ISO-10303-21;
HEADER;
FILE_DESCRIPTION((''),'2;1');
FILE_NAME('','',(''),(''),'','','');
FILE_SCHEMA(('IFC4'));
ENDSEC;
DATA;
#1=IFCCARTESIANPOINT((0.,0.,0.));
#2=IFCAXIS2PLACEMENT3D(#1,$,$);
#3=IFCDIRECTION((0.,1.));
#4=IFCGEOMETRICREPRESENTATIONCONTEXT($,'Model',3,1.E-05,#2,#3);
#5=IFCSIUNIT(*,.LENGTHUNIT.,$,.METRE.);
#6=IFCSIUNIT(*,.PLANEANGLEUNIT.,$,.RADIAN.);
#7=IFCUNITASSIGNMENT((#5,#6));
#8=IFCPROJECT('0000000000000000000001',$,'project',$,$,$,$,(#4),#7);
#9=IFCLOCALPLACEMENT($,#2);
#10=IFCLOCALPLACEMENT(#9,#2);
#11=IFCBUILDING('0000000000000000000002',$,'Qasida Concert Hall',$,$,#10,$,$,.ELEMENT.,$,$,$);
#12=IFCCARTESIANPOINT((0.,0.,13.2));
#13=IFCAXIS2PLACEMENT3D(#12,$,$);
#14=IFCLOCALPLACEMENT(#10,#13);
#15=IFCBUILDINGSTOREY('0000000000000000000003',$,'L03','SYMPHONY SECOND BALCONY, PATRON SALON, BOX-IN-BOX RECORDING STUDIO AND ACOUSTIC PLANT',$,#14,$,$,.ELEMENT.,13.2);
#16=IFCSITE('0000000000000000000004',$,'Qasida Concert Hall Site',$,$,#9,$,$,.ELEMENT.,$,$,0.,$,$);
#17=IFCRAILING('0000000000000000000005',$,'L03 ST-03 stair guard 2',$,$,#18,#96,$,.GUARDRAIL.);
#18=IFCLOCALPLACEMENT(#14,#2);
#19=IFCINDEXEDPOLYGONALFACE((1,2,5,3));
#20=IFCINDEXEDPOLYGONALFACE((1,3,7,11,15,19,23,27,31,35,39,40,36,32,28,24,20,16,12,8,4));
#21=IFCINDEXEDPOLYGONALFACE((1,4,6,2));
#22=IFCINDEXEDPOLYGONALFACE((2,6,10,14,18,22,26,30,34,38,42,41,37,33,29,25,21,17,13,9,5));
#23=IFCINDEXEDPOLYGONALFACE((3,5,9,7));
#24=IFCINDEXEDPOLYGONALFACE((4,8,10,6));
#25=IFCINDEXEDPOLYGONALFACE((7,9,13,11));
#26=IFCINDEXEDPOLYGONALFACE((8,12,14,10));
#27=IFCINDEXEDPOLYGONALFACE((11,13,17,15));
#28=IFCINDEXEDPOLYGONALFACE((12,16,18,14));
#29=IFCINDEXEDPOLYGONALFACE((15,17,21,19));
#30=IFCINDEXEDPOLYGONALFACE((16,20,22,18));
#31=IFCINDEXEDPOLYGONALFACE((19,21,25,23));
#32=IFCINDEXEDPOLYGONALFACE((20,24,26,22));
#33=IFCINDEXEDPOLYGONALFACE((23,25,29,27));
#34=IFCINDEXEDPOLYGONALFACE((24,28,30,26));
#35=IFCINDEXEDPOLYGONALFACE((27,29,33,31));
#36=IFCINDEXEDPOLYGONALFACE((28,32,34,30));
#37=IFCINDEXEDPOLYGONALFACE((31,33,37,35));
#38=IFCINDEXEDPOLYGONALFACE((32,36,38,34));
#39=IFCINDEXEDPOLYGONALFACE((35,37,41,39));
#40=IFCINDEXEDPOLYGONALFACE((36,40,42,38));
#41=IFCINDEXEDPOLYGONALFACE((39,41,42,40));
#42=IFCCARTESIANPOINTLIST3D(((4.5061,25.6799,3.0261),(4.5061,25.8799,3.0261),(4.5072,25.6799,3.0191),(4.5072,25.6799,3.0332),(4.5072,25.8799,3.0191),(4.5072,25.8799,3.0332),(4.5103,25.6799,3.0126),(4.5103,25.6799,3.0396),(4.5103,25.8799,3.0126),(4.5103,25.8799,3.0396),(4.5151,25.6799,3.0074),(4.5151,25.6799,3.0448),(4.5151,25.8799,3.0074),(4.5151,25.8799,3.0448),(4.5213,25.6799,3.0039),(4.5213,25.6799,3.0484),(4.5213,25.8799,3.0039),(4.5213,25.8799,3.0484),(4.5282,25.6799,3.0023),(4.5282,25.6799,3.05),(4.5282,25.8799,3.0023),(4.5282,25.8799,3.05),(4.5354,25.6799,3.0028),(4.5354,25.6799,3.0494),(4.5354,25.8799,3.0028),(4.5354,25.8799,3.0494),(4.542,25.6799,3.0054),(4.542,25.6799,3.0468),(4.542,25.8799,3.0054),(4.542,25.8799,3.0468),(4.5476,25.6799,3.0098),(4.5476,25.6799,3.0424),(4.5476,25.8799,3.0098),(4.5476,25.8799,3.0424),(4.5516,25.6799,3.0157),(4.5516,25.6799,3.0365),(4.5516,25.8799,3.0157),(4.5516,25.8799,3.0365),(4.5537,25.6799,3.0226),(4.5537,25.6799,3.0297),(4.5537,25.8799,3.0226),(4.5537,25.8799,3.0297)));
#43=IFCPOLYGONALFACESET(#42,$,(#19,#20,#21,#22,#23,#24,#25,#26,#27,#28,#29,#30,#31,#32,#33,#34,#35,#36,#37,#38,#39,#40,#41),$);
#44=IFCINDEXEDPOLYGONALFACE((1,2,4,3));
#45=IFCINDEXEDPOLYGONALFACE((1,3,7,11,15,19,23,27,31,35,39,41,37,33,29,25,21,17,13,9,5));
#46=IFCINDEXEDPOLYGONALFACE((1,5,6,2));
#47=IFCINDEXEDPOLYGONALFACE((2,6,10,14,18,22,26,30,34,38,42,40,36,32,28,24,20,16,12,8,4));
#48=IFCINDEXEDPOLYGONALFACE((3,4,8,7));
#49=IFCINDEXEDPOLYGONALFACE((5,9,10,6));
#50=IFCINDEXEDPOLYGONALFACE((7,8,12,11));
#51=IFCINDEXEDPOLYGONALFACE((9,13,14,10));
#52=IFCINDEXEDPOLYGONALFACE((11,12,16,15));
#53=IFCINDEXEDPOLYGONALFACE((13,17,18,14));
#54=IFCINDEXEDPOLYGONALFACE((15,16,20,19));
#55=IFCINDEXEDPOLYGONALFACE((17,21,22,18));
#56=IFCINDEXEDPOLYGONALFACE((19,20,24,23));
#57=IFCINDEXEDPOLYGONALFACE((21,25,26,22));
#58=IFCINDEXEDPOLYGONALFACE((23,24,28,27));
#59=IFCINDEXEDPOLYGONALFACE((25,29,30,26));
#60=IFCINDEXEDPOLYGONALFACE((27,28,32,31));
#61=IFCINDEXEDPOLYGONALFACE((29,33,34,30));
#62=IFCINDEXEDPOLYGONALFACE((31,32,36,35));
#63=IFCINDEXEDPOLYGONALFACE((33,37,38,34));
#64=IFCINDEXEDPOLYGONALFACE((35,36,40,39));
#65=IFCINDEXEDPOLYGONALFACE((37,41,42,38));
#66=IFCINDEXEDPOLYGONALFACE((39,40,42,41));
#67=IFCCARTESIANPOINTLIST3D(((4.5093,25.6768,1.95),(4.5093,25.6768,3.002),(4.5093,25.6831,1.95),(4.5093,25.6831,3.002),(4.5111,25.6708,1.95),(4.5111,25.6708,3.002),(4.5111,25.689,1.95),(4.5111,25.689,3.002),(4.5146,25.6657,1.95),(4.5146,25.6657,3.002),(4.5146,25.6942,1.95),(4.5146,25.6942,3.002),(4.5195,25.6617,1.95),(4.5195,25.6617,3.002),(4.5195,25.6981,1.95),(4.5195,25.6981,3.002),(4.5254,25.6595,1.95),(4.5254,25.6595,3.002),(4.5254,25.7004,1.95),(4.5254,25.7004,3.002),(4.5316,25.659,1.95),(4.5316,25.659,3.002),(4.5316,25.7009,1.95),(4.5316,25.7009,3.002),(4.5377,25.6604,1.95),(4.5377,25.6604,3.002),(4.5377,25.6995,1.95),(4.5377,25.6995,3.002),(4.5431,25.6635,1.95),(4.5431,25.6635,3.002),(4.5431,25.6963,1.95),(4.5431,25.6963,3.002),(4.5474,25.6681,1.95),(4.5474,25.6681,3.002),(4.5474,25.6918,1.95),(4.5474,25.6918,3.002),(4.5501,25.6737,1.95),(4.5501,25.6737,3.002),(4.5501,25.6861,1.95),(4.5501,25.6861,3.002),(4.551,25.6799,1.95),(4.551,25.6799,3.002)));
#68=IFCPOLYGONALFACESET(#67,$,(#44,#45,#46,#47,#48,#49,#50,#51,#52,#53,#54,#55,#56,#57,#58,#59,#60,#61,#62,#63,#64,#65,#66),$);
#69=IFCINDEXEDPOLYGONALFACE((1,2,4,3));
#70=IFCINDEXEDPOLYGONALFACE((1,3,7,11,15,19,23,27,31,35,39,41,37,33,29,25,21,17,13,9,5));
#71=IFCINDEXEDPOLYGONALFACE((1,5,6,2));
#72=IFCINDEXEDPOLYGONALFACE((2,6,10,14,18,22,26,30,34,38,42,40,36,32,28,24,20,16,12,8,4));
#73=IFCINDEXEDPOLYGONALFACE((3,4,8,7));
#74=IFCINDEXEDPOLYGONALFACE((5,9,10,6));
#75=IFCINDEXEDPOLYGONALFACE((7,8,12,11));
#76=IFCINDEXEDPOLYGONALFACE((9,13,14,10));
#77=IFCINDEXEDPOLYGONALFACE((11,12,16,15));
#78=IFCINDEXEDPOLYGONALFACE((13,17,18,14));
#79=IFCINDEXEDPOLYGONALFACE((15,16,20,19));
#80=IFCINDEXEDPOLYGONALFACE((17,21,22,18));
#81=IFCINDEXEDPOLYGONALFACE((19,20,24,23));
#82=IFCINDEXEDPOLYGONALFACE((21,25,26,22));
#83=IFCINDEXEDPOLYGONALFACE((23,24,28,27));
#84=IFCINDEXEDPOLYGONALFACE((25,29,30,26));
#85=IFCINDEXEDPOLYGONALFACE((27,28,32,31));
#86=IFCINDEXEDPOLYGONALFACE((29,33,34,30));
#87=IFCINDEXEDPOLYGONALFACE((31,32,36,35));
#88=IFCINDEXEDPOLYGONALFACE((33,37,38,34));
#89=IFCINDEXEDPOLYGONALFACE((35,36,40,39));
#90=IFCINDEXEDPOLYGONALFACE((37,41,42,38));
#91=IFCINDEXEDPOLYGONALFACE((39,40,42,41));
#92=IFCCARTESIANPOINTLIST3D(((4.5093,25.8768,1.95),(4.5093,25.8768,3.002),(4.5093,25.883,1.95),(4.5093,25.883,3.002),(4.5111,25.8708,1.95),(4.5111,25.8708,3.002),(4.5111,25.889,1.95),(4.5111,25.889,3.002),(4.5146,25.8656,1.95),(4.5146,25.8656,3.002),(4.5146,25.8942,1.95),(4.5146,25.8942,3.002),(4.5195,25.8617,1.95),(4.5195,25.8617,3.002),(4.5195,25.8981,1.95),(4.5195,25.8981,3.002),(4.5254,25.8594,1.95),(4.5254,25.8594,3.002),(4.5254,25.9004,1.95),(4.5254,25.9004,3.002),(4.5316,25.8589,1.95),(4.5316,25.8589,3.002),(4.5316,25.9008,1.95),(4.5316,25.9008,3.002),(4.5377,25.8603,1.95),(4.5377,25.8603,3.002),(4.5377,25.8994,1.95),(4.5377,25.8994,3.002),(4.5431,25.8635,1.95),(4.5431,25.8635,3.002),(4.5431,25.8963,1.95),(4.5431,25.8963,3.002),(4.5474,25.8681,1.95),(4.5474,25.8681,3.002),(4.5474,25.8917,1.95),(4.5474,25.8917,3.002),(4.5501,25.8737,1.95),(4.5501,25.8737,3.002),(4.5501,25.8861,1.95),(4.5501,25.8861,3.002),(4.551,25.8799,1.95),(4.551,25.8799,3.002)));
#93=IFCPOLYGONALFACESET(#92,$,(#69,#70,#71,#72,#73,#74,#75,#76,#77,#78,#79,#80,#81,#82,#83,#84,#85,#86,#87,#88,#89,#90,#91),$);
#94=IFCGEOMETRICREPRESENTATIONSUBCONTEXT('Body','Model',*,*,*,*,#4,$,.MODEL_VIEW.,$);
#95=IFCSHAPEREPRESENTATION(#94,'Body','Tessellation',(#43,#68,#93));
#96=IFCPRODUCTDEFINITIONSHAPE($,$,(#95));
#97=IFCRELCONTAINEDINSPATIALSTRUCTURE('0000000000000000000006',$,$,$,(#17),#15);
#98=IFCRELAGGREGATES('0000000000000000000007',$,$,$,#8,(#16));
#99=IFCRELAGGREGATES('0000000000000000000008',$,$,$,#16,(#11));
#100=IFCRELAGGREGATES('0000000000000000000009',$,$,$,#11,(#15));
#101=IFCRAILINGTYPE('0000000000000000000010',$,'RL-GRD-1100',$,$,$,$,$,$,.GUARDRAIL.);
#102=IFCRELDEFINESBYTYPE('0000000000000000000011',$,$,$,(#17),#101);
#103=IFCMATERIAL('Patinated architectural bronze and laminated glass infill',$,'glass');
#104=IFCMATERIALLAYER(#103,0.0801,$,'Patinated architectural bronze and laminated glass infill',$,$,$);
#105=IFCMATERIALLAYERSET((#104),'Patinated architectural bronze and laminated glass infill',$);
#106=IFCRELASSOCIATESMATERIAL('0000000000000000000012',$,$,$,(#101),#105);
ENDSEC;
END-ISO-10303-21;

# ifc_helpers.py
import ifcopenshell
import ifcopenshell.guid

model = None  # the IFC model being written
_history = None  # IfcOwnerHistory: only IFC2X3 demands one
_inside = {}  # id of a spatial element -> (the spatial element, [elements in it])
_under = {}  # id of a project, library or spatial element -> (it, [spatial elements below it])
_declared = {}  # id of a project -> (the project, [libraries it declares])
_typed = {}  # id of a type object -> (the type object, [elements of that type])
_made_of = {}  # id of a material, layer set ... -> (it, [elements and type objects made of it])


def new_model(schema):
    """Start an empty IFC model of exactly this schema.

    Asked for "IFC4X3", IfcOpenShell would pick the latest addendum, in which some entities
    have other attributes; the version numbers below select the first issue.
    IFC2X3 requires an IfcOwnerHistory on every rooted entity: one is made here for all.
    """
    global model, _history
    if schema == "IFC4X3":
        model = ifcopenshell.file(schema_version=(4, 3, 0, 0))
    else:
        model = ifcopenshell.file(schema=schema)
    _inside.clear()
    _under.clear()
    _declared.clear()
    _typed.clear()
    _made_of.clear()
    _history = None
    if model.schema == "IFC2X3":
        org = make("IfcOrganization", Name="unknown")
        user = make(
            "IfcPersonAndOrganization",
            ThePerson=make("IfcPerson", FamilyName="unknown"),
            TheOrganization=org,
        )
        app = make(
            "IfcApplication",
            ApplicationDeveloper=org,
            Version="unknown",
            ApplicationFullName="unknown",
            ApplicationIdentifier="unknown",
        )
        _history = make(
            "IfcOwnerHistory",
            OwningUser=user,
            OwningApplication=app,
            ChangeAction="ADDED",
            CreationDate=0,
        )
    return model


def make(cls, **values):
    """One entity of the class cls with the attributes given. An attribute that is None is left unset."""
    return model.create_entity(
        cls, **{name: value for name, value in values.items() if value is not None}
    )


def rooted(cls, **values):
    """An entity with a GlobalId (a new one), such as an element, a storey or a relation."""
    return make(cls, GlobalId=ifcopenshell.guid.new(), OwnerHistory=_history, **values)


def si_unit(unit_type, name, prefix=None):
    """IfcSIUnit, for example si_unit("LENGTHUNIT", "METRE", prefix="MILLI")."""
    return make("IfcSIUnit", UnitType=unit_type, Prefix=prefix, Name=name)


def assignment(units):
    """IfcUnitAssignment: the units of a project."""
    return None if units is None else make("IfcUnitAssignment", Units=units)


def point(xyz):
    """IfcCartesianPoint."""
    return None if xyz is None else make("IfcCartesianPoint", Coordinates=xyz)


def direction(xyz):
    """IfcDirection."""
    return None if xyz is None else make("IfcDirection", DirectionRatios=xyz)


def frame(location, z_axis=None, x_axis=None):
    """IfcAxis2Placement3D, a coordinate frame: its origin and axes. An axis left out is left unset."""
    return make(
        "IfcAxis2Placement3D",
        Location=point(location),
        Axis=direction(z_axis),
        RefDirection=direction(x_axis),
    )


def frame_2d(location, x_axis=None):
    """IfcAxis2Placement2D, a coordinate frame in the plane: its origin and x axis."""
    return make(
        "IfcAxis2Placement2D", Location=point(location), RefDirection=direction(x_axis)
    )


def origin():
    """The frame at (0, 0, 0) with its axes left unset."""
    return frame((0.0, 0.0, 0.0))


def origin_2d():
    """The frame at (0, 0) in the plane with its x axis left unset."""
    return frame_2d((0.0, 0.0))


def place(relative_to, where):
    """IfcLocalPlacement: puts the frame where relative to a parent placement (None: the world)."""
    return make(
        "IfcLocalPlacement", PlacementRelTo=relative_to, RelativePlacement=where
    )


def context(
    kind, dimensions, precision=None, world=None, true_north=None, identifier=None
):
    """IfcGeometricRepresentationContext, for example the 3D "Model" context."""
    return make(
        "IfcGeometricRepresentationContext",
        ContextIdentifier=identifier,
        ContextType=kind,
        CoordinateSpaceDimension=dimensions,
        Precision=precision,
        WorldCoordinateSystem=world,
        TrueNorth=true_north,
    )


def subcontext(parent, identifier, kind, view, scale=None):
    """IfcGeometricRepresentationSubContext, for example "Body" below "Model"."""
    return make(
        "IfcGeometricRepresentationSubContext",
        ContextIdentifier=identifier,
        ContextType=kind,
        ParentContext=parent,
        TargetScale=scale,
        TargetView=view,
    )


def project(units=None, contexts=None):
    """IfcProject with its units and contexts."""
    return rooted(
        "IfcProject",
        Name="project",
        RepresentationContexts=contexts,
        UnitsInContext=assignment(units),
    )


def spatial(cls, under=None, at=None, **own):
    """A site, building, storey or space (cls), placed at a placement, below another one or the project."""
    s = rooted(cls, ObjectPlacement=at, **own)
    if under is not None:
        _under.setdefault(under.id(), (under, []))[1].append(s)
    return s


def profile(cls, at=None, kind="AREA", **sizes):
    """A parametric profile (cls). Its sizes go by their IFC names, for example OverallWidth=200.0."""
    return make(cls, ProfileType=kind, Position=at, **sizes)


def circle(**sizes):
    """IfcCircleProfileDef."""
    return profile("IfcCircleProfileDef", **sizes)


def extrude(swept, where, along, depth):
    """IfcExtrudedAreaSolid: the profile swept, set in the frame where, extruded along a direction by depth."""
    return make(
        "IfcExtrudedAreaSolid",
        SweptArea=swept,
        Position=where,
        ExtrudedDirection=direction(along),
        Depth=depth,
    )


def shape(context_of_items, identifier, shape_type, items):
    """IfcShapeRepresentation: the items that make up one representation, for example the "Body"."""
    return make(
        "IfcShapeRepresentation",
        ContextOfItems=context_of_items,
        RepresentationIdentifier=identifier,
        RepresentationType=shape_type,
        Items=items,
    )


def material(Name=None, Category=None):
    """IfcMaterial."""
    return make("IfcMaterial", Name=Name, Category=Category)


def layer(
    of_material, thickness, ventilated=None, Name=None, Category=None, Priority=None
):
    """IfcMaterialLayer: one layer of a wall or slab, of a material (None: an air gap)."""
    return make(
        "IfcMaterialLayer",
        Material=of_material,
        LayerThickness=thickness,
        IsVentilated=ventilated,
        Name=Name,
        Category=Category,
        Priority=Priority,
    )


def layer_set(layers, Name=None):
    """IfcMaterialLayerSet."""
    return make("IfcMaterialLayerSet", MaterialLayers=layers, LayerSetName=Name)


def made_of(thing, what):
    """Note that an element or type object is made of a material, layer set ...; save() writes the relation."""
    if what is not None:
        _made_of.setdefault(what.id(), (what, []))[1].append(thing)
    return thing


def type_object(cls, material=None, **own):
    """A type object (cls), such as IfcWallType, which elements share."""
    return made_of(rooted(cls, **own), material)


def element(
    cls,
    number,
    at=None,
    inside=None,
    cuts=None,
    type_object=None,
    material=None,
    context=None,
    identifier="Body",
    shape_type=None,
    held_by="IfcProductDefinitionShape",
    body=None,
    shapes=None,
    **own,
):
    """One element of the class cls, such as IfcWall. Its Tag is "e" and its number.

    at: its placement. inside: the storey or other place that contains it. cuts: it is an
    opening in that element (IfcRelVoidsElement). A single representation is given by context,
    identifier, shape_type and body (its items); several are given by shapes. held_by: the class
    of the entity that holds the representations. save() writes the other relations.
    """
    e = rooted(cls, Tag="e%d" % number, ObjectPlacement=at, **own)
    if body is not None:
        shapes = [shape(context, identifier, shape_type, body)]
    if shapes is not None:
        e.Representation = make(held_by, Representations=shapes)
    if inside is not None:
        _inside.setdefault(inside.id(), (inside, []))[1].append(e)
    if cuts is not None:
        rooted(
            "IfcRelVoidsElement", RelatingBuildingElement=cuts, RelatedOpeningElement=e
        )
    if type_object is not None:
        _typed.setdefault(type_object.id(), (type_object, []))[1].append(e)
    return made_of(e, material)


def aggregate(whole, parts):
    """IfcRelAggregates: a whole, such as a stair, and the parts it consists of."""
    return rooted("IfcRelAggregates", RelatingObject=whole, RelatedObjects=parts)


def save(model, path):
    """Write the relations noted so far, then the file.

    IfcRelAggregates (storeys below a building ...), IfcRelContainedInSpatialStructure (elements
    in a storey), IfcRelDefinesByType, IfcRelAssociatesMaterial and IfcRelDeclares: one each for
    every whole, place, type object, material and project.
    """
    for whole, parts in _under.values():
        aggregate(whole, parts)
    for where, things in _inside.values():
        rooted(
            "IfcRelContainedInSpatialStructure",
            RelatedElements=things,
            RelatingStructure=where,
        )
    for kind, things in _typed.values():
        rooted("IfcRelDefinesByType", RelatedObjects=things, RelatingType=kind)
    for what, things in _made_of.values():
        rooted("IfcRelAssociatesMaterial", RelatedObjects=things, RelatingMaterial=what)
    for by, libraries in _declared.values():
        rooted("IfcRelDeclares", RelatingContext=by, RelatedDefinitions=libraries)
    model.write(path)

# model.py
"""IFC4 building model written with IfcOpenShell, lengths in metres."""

from ifc_helpers import new_model, si_unit, direction, frame, origin, origin_2d, place, context, subcontext, project, spatial, circle, extrude, material, layer, layer_set, type_object, element, save


model = new_model("IFC4")

# Units and contexts
model_context = context("Model", 3, precision=1e-05, world=origin(), true_north=direction((0.0, 1.0)))
body_context = subcontext(model_context, "Body", "Model", "MODEL_VIEW")
ifc_project = project(units=[si_unit("LENGTHUNIT", "METRE"), si_unit("PLANEANGLEUNIT", "RADIAN")], contexts=[model_context])

# Site, building, storey
site_placement = place(None, origin())
site = spatial("IfcSite", under=ifc_project, at=site_placement, Name="Qasida Concert Hall Site", CompositionType="ELEMENT", RefElevation=0.0)
building_placement = place(site_placement, origin())
building = spatial("IfcBuilding", under=site, at=building_placement, Name="Qasida Concert Hall", CompositionType="ELEMENT")
storey_placement = place(building_placement, frame((0.0, 0.0, 13.2)))
storey = spatial("IfcBuildingStorey", under=building, at=storey_placement, Name="L03", Description="SYMPHONY SECOND BALCONY, PATRON SALON, BOX-IN-BOX RECORDING STUDIO AND ACOUSTIC PLANT", CompositionType="ELEMENT", Elevation=13.2)

# Railing
ifc_material_1 = material(Name="Patinated architectural bronze and laminated glass infill", Category="glass")
ifc_layer_1 = layer(ifc_material_1, 0.0801, Name="Patinated architectural bronze and laminated glass infill")
ifc_layer_set_1 = layer_set([ifc_layer_1], Name="Patinated architectural bronze and laminated glass infill")
railing_type_1 = type_object("IfcRailingType", Name="RL-GRD-1100", PredefinedType="GUARDRAIL", material=ifc_layer_set_1)
railing_1_placement = place(storey_placement, frame((4.53, 25.6799, 1.95)))
element("IfcRailing", 1, at=railing_1_placement, inside=storey, type_object=railing_type_1, Name="L03 ST-03 stair guard 2", PredefinedType="GUARDRAIL", context=body_context, shape_type="SweptSolid", body=[
    extrude(circle(Radius=0.0239, at=origin_2d()), frame((0.0, 0.0, 1.0762), z_axis=(0.0, 1.0, 0.0), x_axis=(-1.0, 0.0, 0.0)), (0.0, 0.0, 1.0), 0.2),
    extrude(circle(Radius=0.021, at=origin_2d()), origin(), (0.0, 0.0, 1.0), 1.052),
    extrude(circle(Radius=0.021, at=origin_2d()), frame((0.0, 0.2, 0.0)), (0.0, 0.0, 1.0), 1.052),
])

save(model, "model.ifc")
